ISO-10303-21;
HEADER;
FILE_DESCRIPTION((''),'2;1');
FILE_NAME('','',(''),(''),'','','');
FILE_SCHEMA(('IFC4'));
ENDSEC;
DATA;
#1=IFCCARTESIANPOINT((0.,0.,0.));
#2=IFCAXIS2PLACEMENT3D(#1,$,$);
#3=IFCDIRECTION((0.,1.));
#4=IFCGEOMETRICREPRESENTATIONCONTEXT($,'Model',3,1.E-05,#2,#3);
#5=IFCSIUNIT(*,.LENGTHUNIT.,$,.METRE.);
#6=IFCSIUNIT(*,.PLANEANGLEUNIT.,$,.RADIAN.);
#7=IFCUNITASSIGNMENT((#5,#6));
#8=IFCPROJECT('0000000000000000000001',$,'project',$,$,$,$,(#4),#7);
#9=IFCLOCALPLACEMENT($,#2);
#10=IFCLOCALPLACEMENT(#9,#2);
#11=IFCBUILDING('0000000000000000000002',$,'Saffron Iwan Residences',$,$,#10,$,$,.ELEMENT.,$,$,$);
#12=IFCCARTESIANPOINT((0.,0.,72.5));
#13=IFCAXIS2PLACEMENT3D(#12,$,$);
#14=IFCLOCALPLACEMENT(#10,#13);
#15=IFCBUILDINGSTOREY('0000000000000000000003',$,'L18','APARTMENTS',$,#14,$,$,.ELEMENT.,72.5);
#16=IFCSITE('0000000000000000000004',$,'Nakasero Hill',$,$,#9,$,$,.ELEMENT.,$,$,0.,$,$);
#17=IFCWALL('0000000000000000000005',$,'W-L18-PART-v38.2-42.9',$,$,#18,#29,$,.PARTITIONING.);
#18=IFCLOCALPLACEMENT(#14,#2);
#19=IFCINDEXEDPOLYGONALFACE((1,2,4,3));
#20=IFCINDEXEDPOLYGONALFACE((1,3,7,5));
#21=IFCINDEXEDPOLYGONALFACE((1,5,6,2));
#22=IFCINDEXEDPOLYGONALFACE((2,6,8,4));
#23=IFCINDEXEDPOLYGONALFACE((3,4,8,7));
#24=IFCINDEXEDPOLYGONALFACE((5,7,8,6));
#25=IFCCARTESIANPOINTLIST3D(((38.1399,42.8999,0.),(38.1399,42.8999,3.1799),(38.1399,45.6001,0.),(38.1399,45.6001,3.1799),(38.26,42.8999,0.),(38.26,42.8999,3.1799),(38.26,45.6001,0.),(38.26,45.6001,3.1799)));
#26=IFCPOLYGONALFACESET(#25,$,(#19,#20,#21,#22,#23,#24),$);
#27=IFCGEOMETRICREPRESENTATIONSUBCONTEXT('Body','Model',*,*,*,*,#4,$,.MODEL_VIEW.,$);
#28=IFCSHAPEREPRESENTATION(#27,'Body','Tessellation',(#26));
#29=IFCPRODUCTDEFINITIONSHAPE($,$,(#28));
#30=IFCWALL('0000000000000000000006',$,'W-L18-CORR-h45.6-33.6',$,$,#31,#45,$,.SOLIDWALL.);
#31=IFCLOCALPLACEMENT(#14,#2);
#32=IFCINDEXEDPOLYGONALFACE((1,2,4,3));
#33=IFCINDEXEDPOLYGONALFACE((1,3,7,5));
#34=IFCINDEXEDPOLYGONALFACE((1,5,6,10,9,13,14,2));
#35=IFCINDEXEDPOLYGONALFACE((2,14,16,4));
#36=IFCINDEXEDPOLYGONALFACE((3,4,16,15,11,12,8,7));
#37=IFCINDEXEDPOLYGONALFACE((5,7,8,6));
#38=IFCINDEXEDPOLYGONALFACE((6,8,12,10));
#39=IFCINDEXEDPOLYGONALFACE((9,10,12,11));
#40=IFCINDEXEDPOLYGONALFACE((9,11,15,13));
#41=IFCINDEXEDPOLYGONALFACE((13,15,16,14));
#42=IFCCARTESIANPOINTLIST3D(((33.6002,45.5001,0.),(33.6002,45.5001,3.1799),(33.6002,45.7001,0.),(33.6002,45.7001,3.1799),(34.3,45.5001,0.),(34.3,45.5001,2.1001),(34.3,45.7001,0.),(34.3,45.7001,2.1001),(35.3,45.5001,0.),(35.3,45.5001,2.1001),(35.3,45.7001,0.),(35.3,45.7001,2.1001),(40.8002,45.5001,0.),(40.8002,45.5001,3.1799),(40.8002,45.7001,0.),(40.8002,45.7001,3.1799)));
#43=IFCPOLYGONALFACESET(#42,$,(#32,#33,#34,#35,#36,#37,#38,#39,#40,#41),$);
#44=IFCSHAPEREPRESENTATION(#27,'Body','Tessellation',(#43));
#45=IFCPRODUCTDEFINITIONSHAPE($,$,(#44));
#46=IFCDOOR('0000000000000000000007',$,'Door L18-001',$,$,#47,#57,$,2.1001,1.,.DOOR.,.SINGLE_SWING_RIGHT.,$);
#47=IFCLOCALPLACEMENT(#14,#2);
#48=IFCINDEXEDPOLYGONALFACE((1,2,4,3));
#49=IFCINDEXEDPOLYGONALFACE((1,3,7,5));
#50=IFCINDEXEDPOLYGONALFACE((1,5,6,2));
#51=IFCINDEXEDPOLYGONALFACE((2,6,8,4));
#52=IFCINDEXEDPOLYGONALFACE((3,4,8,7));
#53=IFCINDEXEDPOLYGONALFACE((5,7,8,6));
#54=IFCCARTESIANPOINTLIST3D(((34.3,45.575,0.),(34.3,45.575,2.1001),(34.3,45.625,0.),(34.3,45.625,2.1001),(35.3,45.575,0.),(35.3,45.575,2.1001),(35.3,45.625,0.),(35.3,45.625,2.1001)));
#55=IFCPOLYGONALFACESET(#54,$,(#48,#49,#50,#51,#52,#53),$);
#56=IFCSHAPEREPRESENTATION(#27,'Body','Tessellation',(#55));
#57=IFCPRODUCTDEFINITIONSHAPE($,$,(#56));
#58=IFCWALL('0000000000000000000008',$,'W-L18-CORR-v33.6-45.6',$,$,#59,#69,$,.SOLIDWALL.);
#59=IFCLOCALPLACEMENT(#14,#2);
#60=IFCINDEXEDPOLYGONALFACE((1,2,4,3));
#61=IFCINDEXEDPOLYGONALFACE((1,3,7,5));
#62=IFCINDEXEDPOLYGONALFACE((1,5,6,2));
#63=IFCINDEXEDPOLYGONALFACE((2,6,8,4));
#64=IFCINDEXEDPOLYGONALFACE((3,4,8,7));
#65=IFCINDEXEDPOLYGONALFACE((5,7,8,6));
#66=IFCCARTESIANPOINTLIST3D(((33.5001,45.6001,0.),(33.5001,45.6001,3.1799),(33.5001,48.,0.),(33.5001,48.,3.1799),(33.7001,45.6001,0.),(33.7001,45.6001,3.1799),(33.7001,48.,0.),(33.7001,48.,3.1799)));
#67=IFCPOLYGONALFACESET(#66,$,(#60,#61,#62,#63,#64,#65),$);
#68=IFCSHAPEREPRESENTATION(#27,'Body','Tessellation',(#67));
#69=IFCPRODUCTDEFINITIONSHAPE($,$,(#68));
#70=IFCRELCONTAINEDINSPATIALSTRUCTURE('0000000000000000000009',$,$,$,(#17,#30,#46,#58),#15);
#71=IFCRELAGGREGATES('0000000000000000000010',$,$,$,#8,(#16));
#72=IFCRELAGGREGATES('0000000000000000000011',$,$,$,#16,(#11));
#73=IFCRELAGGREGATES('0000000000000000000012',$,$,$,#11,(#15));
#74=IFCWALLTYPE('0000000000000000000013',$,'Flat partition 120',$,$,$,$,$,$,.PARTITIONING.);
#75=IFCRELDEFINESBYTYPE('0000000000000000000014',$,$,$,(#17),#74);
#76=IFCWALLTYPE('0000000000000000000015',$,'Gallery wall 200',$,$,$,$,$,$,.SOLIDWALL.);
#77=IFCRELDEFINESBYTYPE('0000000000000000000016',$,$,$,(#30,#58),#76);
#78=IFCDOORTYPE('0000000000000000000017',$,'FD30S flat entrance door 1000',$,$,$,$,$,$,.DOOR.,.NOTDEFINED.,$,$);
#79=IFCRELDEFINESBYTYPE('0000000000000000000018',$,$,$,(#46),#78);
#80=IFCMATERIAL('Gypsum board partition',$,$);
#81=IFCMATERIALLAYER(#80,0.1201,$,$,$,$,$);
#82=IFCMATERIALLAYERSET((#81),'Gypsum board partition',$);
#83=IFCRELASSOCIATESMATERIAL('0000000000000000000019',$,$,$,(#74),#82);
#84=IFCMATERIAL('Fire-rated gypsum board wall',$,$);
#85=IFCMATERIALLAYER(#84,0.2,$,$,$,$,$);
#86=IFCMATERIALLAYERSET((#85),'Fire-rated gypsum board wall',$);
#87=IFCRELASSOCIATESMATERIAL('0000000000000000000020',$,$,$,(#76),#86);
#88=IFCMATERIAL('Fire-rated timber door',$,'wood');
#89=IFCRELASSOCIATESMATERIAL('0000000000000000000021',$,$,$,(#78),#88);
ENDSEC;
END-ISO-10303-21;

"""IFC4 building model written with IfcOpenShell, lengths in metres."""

from ifc_helpers import new_model, si_unit, direction, frame, frame_2d, origin, place, context, subcontext, project, spatial, rectangle, extrude, material, layer, layer_set, type_object, element, fill, save


model = new_model("IFC4")

# Units and contexts
model_context = context("Model", 3, precision=1e-05, world=origin(), true_north=direction((0.0, 1.0)))
body_context = subcontext(model_context, "Body", "Model", "MODEL_VIEW")
ifc_project = project(units=[si_unit("LENGTHUNIT", "METRE"), si_unit("PLANEANGLEUNIT", "RADIAN")], contexts=[model_context])

# Site, building, storey
site_placement = place(None, origin())
site = spatial("IfcSite", under=ifc_project, at=site_placement, Name="Nakasero Hill", CompositionType="ELEMENT", RefElevation=0.0)
building_placement = place(site_placement, origin())
building = spatial("IfcBuilding", under=site, at=building_placement, Name="Saffron Iwan Residences", CompositionType="ELEMENT")
storey_placement = place(building_placement, frame((0.0, 0.0, 72.5)))
storey = spatial("IfcBuildingStorey", under=building, at=storey_placement, Name="L18", Description="APARTMENTS", CompositionType="ELEMENT", Elevation=72.5)

# Shared definitions
ifc_material_1 = material(Name="Gypsum board partition")
ifc_layer_1 = layer(ifc_material_1, 0.1201)
ifc_layer_set_1 = layer_set([ifc_layer_1], Name="Gypsum board partition")
wall_type_1 = type_object("IfcWallType", Name="Flat partition 120", PredefinedType="PARTITIONING", material=ifc_layer_set_1)

# Wall
wall_1_placement = place(storey_placement, frame((38.2, 42.8999, 0.0), z_axis=(0.0, 0.0, 1.0), x_axis=(0.0, 1.0, 0.0)))
element("IfcWall", 1, at=wall_1_placement, inside=storey, type_object=wall_type_1, Name="W-L18-PART-v38.2-42.9", PredefinedType="PARTITIONING", context=body_context, shape_type="SweptSolid", body=[
    extrude(rectangle(XDim=2.7002, YDim=0.1201, at=frame_2d((1.3501, 0.0))), origin(), (0.0, 0.0, 1.0), 3.1799),
])

# Wall, opening, door
ifc_material_2 = material(Name="Fire-rated gypsum board wall")
ifc_layer_2 = layer(ifc_material_2, 0.2)
ifc_layer_set_2 = layer_set([ifc_layer_2], Name="Fire-rated gypsum board wall")
wall_type_2 = type_object("IfcWallType", Name="Gallery wall 200", PredefinedType="SOLIDWALL", material=ifc_layer_set_2)
wall_2_placement = place(storey_placement, frame((33.6001, 45.6001, 0.0), z_axis=(0.0, 0.0, 1.0), x_axis=(1.0, 0.0, 0.0)))
wall_2 = element("IfcWall", 2, at=wall_2_placement, inside=storey, type_object=wall_type_2, Name="W-L18-CORR-h45.6-33.6", PredefinedType="SOLIDWALL", context=body_context, shape_type="SweptSolid", body=[
    extrude(rectangle(XDim=7.2, YDim=0.2, at=frame_2d((3.6001, 0.0))), origin(), (0.0, 0.0, 1.0), 3.1799),
])
opening_1_placement = place(wall_2_placement, frame((0.7, 0.0, 0.0)))
opening_1 = element("IfcOpeningElement", 3, at=opening_1_placement, cuts=wall_2, PredefinedType="OPENING", context=body_context, shape_type="SweptSolid", body=[
    extrude(rectangle(XDim=1.0, YDim=2.1001, at=frame_2d((0.5, 1.05))), frame((0.0, 0.1099, 0.0), z_axis=(0.0, -1.0, 0.0), x_axis=(1.0, 0.0, 0.0)), (0.0, 0.0, 1.0), 0.22),
])
ifc_material_3 = material(Name="Fire-rated timber door", Category="wood")
door_type_1 = type_object("IfcDoorType", Name="FD30S flat entrance door 1000", OperationType="NOTDEFINED", PredefinedType="DOOR", material=ifc_material_3)
door_1_placement = place(opening_1_placement, origin())
door_1 = element("IfcDoor", 4, at=door_1_placement, inside=storey, type_object=door_type_1, Name="Door L18-001", OperationType="SINGLE_SWING_RIGHT", OverallHeight=2.1001, OverallWidth=1.0, PredefinedType="DOOR", context=body_context, shape_type="SweptSolid", body=[
    extrude(rectangle(XDim=1.0, YDim=2.1001, at=frame_2d((0.5, 1.05))), frame((0.0, 0.0249, 0.0), z_axis=(0.0, -1.0, 0.0), x_axis=(1.0, 0.0, 0.0)), (0.0, 0.0, 1.0), 0.05),
])
fill(opening_1, door_1)

# Wall
wall_3_placement = place(storey_placement, frame((33.6001, 45.6001, 0.0), z_axis=(0.0, 0.0, 1.0), x_axis=(0.0, 1.0, 0.0)))
element("IfcWall", 5, at=wall_3_placement, inside=storey, type_object=wall_type_2, Name="W-L18-CORR-v33.6-45.6", PredefinedType="SOLIDWALL", context=body_context, shape_type="SweptSolid", body=[
    extrude(rectangle(XDim=2.3999, YDim=0.2, at=frame_2d((1.2, 0.0))), origin(), (0.0, 0.0, 1.0), 3.1799),
])

save(model, "model.ifc")
